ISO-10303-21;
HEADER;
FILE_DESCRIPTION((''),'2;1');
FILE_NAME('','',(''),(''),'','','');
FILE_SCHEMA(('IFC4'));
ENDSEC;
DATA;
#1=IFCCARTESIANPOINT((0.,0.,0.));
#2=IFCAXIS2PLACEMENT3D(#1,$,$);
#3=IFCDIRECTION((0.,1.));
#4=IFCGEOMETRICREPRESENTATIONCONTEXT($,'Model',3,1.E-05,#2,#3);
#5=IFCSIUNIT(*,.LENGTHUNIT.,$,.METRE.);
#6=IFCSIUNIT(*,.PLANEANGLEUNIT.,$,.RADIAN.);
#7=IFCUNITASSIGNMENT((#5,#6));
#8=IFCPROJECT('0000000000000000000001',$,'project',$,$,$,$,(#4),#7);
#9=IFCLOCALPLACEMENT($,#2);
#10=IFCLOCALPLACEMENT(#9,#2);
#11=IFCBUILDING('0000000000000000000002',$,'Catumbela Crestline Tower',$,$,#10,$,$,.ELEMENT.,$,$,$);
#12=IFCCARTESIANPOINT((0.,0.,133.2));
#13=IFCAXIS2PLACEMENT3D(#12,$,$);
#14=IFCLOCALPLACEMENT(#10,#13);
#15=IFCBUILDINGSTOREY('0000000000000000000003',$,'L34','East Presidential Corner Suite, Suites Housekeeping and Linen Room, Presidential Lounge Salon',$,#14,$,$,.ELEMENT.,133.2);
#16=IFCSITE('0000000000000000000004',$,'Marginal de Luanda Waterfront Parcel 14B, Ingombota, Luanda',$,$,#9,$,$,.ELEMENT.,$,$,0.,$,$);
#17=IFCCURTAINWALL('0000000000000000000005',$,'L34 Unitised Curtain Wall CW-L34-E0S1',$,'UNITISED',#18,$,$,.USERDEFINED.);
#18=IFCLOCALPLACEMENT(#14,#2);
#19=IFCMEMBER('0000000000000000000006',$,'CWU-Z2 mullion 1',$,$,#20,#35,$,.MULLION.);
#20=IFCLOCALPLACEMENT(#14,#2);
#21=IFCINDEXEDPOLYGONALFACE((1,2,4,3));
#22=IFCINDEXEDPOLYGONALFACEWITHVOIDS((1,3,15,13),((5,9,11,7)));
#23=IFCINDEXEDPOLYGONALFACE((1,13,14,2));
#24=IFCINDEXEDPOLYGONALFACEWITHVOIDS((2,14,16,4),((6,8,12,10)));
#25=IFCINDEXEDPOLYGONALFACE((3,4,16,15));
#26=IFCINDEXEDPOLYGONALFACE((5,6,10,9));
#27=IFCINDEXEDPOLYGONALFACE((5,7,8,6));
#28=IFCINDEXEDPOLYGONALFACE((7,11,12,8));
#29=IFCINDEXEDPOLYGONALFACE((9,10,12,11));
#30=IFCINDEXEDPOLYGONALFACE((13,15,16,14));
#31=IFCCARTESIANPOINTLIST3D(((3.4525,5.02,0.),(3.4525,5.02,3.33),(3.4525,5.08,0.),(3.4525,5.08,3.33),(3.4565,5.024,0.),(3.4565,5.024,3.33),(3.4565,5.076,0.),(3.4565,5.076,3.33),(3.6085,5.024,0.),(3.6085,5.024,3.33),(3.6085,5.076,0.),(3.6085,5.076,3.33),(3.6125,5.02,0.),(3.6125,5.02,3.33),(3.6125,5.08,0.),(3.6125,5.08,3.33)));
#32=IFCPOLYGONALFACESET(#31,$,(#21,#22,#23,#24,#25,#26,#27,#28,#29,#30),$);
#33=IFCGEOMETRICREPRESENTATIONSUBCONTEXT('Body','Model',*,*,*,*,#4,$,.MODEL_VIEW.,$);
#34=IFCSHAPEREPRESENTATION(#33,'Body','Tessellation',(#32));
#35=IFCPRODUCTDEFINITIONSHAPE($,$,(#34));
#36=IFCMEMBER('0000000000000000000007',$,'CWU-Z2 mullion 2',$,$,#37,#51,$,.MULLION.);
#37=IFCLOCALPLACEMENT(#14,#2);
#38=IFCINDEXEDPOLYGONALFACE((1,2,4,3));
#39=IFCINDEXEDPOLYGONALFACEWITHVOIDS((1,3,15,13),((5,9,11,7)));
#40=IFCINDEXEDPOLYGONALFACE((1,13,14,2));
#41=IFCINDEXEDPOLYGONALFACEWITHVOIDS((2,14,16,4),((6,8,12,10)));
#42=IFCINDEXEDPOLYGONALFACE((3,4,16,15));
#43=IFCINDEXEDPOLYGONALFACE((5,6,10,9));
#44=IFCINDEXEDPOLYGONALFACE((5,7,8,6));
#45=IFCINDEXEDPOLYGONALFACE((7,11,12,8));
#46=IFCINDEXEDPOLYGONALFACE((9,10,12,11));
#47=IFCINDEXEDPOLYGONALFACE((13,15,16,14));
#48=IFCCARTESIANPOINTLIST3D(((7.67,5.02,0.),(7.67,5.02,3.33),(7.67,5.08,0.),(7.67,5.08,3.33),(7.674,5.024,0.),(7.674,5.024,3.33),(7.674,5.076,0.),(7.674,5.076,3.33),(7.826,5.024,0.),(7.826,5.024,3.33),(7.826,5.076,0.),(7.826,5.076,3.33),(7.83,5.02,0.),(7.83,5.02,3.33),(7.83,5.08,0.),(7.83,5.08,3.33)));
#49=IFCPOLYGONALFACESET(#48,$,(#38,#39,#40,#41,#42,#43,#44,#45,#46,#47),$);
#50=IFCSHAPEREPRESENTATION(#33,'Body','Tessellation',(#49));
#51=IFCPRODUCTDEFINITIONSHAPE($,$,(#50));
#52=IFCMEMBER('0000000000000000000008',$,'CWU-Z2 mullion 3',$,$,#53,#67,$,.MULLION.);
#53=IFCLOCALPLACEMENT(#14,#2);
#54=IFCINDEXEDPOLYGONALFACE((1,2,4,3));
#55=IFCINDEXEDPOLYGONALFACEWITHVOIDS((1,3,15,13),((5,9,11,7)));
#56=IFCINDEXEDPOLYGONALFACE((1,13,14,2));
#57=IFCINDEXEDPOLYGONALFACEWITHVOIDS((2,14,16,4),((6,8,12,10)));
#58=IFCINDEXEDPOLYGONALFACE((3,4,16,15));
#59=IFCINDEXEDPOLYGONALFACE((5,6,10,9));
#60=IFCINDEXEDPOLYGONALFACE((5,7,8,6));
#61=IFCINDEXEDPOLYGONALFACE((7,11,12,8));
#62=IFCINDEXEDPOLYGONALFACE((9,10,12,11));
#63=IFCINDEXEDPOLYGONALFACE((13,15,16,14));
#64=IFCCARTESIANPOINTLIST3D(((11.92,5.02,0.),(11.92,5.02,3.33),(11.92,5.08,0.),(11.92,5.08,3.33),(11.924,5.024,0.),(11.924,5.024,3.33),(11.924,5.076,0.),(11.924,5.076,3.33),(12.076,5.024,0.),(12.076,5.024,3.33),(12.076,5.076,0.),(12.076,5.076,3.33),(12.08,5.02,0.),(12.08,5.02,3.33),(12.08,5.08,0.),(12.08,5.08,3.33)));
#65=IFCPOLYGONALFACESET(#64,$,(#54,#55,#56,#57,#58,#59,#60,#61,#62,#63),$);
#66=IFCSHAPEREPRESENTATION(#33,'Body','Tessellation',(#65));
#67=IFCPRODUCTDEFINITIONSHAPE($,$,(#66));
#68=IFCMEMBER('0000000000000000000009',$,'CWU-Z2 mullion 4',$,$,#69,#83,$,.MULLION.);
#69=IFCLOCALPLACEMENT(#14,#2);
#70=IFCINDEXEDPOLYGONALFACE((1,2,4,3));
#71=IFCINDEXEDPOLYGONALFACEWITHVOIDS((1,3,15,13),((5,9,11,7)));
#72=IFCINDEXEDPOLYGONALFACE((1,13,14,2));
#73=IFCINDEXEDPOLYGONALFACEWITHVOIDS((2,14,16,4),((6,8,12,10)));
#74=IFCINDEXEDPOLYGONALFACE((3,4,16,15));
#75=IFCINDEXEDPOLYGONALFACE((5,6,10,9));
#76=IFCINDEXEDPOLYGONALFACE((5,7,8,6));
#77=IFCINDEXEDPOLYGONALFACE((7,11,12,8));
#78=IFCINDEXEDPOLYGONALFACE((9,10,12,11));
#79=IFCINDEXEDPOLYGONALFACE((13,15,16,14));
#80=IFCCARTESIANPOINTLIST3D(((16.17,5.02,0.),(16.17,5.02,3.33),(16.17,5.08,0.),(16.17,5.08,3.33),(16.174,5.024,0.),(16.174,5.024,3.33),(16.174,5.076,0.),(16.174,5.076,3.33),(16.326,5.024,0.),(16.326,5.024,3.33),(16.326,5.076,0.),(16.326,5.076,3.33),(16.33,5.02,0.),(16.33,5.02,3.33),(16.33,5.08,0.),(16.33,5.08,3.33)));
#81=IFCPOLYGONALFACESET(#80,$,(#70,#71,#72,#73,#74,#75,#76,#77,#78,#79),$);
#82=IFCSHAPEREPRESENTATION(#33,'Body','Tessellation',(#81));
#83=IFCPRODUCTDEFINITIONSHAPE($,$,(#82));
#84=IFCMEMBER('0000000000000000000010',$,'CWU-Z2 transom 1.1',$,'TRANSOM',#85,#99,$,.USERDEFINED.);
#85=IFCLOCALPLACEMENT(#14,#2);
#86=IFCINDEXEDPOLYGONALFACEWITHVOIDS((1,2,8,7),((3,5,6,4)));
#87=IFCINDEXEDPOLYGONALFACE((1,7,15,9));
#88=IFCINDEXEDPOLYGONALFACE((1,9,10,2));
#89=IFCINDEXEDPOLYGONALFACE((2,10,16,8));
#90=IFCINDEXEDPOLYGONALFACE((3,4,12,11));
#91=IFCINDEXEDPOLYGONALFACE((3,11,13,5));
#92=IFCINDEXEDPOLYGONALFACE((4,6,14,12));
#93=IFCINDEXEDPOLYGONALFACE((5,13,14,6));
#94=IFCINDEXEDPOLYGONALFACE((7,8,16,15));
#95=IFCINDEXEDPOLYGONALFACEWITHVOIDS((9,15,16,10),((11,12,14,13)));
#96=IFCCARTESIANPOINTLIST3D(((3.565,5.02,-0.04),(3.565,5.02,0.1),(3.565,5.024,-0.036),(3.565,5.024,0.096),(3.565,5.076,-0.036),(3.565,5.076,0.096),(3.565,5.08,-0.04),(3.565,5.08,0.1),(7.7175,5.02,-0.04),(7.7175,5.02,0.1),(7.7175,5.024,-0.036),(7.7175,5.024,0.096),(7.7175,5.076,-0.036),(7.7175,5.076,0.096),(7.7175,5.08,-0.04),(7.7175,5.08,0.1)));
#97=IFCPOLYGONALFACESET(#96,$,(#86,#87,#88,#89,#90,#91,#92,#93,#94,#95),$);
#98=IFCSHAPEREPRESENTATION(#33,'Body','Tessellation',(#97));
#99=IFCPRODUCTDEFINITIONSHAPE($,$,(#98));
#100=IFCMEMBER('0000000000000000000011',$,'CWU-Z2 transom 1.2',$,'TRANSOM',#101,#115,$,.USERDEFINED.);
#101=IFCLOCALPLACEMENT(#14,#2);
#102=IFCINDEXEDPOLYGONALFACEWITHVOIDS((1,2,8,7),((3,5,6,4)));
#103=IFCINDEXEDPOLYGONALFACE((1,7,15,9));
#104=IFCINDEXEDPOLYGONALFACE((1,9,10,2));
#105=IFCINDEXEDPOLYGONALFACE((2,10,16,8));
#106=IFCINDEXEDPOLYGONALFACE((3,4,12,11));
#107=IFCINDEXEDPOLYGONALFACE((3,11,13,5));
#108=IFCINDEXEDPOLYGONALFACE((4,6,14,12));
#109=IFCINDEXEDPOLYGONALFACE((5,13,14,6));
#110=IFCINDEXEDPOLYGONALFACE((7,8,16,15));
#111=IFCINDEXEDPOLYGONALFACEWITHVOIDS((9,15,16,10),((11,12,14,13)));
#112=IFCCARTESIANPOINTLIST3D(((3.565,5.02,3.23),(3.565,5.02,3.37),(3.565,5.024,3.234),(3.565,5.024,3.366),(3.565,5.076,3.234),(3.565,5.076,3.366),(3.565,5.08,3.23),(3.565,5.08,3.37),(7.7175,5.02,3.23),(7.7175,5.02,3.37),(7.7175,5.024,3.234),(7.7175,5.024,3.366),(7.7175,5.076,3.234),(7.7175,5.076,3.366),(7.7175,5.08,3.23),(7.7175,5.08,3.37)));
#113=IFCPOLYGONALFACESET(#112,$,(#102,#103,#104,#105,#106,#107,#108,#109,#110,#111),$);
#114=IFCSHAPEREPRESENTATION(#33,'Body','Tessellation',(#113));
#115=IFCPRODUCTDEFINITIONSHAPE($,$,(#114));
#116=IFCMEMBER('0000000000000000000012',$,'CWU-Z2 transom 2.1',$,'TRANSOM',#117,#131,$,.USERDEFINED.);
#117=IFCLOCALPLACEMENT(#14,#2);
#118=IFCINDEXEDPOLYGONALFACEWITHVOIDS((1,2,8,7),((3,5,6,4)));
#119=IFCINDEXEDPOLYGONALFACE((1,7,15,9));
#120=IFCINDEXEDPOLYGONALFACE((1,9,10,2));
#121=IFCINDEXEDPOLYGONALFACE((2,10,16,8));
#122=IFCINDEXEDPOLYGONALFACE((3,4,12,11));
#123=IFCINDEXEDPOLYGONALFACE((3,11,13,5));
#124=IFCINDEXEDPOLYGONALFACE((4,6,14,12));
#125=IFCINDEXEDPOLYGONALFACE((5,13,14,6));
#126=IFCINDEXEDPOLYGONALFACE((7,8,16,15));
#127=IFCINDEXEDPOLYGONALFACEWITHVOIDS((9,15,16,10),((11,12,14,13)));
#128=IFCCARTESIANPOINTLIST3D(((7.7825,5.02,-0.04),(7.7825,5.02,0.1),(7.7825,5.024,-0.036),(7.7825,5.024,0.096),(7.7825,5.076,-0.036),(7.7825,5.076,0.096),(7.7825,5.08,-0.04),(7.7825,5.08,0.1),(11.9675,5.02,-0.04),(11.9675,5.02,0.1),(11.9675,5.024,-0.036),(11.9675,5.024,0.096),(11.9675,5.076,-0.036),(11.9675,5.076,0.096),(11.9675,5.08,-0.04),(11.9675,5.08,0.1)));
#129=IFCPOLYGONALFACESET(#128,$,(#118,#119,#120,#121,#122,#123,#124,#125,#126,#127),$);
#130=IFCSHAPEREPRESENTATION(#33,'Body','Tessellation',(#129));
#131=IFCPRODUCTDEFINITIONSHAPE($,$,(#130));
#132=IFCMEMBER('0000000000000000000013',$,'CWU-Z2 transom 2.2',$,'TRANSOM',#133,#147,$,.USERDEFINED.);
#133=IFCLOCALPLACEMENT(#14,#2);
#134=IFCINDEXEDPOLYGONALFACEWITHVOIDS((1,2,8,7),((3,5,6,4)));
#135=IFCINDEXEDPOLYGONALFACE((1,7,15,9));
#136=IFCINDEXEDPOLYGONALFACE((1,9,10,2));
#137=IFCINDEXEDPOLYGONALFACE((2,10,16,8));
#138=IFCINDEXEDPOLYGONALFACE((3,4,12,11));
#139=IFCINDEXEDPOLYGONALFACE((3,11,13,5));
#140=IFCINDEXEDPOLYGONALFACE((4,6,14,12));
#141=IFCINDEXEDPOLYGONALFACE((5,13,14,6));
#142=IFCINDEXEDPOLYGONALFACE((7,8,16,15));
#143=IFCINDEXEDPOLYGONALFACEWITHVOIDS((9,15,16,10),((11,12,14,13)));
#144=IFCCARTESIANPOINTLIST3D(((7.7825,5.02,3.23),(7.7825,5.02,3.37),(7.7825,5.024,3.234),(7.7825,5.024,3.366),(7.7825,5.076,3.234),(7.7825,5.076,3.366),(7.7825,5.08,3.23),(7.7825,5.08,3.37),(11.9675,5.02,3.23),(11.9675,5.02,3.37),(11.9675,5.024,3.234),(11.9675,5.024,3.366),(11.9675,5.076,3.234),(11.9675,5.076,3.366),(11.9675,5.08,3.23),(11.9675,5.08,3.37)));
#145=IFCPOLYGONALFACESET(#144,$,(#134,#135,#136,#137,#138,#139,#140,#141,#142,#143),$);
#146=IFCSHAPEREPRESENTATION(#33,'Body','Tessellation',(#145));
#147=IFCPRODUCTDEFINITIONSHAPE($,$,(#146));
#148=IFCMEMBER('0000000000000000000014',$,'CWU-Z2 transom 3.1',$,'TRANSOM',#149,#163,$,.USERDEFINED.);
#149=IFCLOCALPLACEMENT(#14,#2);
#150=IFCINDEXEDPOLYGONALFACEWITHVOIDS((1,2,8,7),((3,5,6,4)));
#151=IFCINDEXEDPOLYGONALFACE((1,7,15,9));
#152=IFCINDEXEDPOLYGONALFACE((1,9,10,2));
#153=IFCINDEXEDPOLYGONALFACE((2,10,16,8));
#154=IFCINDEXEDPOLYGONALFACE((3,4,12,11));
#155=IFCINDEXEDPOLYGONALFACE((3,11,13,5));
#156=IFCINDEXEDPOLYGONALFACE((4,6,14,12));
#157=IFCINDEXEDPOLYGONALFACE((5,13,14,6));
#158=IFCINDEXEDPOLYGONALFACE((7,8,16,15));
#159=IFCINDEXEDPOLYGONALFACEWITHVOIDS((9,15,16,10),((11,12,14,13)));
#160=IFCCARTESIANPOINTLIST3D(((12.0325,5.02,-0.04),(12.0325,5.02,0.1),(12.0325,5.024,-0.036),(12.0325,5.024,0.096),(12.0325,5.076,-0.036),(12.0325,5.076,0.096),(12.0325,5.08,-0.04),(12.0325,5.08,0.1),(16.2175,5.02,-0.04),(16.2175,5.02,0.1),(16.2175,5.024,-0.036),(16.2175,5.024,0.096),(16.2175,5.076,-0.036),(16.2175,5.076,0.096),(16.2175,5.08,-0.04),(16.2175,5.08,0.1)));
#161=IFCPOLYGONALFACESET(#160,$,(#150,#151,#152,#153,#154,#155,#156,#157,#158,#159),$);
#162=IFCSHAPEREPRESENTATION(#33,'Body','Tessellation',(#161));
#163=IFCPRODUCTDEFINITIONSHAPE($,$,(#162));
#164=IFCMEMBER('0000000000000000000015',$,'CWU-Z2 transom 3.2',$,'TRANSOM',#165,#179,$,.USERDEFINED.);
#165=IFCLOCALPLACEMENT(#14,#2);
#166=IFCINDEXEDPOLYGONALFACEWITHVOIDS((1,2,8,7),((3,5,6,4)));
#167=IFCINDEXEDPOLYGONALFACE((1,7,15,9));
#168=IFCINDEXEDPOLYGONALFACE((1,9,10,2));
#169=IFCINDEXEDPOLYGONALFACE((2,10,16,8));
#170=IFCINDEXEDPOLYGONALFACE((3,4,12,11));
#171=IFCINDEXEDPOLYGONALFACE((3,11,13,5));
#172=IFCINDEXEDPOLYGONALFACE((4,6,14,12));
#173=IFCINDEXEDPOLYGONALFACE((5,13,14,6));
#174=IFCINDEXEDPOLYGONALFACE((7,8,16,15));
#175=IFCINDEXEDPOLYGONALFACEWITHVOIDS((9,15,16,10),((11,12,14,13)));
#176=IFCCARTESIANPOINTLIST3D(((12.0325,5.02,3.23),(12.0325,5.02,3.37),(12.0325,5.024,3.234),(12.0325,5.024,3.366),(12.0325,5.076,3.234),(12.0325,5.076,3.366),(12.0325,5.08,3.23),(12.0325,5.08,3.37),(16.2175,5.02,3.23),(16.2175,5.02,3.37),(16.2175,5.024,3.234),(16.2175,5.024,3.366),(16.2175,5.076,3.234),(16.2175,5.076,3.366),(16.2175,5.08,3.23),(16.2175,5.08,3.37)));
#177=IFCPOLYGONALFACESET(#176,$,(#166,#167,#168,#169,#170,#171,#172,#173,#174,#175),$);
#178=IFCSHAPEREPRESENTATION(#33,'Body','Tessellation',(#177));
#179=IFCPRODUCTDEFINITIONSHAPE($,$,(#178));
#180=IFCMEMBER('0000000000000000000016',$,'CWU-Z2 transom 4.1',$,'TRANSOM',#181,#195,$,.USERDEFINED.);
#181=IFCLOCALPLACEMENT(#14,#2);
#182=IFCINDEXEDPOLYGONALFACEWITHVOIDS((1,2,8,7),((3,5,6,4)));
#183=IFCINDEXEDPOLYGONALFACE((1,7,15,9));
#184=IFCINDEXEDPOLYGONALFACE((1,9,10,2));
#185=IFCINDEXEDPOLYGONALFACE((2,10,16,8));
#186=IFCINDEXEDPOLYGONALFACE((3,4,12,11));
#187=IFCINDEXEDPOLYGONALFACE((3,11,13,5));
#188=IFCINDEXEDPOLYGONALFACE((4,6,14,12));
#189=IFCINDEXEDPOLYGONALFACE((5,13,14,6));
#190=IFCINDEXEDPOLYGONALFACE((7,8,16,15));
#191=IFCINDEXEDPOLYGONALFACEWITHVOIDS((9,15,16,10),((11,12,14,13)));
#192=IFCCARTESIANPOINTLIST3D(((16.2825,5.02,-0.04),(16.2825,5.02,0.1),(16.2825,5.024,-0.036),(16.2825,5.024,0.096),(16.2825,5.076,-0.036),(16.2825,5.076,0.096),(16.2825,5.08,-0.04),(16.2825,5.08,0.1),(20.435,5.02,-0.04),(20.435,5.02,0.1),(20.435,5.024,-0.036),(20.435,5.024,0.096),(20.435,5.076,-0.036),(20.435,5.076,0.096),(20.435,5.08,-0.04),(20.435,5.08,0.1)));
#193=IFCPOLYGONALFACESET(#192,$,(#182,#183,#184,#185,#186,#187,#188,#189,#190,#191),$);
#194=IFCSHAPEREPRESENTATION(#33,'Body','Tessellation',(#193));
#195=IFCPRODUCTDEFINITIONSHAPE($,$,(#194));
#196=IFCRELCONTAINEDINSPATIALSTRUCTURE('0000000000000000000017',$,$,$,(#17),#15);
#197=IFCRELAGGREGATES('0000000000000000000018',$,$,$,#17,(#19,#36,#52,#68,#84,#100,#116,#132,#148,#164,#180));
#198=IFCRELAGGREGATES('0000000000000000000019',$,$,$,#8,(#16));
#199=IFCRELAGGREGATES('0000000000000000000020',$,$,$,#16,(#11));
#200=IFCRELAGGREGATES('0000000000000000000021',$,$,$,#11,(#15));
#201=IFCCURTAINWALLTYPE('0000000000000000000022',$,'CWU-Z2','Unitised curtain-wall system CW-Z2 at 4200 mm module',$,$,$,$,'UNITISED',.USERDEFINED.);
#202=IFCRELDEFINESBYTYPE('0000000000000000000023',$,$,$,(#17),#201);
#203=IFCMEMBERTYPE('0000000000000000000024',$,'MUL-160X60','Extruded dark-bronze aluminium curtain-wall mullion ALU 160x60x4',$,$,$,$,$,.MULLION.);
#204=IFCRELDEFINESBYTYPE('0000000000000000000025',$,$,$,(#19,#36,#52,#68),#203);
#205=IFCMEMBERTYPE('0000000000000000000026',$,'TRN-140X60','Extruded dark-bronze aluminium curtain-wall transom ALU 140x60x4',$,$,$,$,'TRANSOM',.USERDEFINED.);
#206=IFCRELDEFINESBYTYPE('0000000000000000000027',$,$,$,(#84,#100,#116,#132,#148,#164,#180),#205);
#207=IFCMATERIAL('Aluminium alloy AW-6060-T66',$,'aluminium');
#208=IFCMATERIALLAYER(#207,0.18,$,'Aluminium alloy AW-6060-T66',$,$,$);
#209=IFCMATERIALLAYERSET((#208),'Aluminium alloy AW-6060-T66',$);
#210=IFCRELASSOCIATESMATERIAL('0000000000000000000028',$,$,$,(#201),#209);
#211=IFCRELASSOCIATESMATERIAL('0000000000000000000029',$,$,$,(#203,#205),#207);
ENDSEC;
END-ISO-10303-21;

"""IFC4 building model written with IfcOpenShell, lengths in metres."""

from ifc_helpers import new_model, si_unit, direction, frame, origin, origin_2d, place, context, subcontext, project, spatial, hollow_rectangle, extrude, material, layer, layer_set, material_profile, profile_set, type_object, element, aggregate, save


model = new_model("IFC4")

# Units and contexts
model_context = context("Model", 3, precision=1e-05, world=origin(), true_north=direction((0.0, 1.0)))
body_context = subcontext(model_context, "Body", "Model", "MODEL_VIEW")
ifc_project = project(units=[si_unit("LENGTHUNIT", "METRE"), si_unit("PLANEANGLEUNIT", "RADIAN")], contexts=[model_context])

# Site, building, storey
site_placement = place(None, origin())
site = spatial("IfcSite", under=ifc_project, at=site_placement, Name="Marginal de Luanda Waterfront Parcel 14B, Ingombota, Luanda", CompositionType="ELEMENT", RefElevation=0.0)
building_placement = place(site_placement, origin())
building = spatial("IfcBuilding", under=site, at=building_placement, Name="Catumbela Crestline Tower", CompositionType="ELEMENT")
storey_placement = place(building_placement, frame((0.0, 0.0, 133.2)))
storey = spatial("IfcBuildingStorey", under=building, at=storey_placement, Name="L34", Description="East Presidential Corner Suite, Suites Housekeeping and Linen Room, Presidential Lounge Salon", CompositionType="ELEMENT", Elevation=133.2)

# Curtain wall, members
ifc_material_1 = material(Name="Aluminium alloy AW-6060-T66", Category="aluminium")
ifc_layer_1 = layer(ifc_material_1, 0.18, Name="Aluminium alloy AW-6060-T66")
ifc_layer_set_1 = layer_set([ifc_layer_1], Name="Aluminium alloy AW-6060-T66")
curtain_wall_type = type_object("IfcCurtainWallType", Name="CWU-Z2", Description="Unitised curtain-wall system CW-Z2 at 4200 mm module", ElementType="UNITISED", PredefinedType="USERDEFINED", material=ifc_layer_set_1)
curtain_wall_placement = place(storey_placement, origin())
curtain_wall = element("IfcCurtainWall", 1, at=curtain_wall_placement, inside=storey, type_object=curtain_wall_type, Name="L34 Unitised Curtain Wall CW-L34-E0S1", ObjectType="UNITISED", PredefinedType="USERDEFINED")
ifc_material_profile_1 = material_profile(ifc_material_1, hollow_rectangle(XDim=0.06, YDim=0.16, WallThickness=0.004, at=origin_2d()), Name="ALU 160x60x4")
ifc_profile_set_1 = profile_set([ifc_material_profile_1], Name="Aluminium alloy AW-6060-T66")
member_type_1 = type_object("IfcMemberType", Name="MUL-160X60", Description="Extruded dark-bronze aluminium curtain-wall mullion ALU 160x60x4", PredefinedType="MULLION", material=ifc_profile_set_1)
member_1_placement = place(storey_placement, frame((3.5325, 5.05, 0.0), z_axis=(0.0, 0.0, 1.0), x_axis=(0.0, 1.0, 0.0)))
member_1 = element("IfcMember", 2, at=member_1_placement, type_object=member_type_1, Name="CWU-Z2 mullion 1", PredefinedType="MULLION", context=body_context, shape_type="SweptSolid", body=[
    extrude(hollow_rectangle(XDim=0.06, YDim=0.16, WallThickness=0.004, at=origin_2d()), origin(), (0.0, 0.0, 1.0), 3.33),
])
member_2_placement = place(storey_placement, frame((7.75, 5.05, 0.0), z_axis=(0.0, 0.0, 1.0), x_axis=(0.0, 1.0, 0.0)))
member_2 = element("IfcMember", 3, at=member_2_placement, type_object=member_type_1, Name="CWU-Z2 mullion 2", PredefinedType="MULLION", context=body_context, shape_type="SweptSolid", body=[
    extrude(hollow_rectangle(XDim=0.06, YDim=0.16, WallThickness=0.004, at=origin_2d()), origin(), (0.0, 0.0, 1.0), 3.33),
])
member_3_placement = place(storey_placement, frame((12.0, 5.05, 0.0), z_axis=(0.0, 0.0, 1.0), x_axis=(0.0, 1.0, 0.0)))
member_3 = element("IfcMember", 4, at=member_3_placement, type_object=member_type_1, Name="CWU-Z2 mullion 3", PredefinedType="MULLION", context=body_context, shape_type="SweptSolid", body=[
    extrude(hollow_rectangle(XDim=0.06, YDim=0.16, WallThickness=0.004, at=origin_2d()), origin(), (0.0, 0.0, 1.0), 3.33),
])
member_4_placement = place(storey_placement, frame((16.25, 5.05, 0.0), z_axis=(0.0, 0.0, 1.0), x_axis=(0.0, 1.0, 0.0)))
member_4 = element("IfcMember", 5, at=member_4_placement, type_object=member_type_1, Name="CWU-Z2 mullion 4", PredefinedType="MULLION", context=body_context, shape_type="SweptSolid", body=[
    extrude(hollow_rectangle(XDim=0.06, YDim=0.16, WallThickness=0.004, at=origin_2d()), origin(), (0.0, 0.0, 1.0), 3.33),
])
ifc_material_profile_2 = material_profile(ifc_material_1, hollow_rectangle(XDim=0.06, YDim=0.14, WallThickness=0.004, at=origin_2d()), Name="ALU 140x60x4")
ifc_profile_set_2 = profile_set([ifc_material_profile_2], Name="Aluminium alloy AW-6060-T66")
member_type_2 = type_object("IfcMemberType", Name="TRN-140X60", Description="Extruded dark-bronze aluminium curtain-wall transom ALU 140x60x4", ElementType="TRANSOM", PredefinedType="USERDEFINED", material=ifc_profile_set_2)
member_5_placement = place(storey_placement, frame((3.565, 5.05, 0.03), z_axis=(1.0, 0.0, 0.0), x_axis=(0.0, 1.0, 0.0)))
member_5 = element("IfcMember", 6, at=member_5_placement, type_object=member_type_2, Name="CWU-Z2 transom 1.1", ObjectType="TRANSOM", PredefinedType="USERDEFINED", context=body_context, shape_type="SweptSolid", body=[
    extrude(hollow_rectangle(XDim=0.06, YDim=0.14, WallThickness=0.004, at=origin_2d()), origin(), (0.0, 0.0, 1.0), 4.1525),
])
member_6_placement = place(storey_placement, frame((3.565, 5.05, 3.3), z_axis=(1.0, 0.0, 0.0), x_axis=(0.0, 1.0, 0.0)))
member_6 = element("IfcMember", 7, at=member_6_placement, type_object=member_type_2, Name="CWU-Z2 transom 1.2", ObjectType="TRANSOM", PredefinedType="USERDEFINED", context=body_context, shape_type="SweptSolid", body=[
    extrude(hollow_rectangle(XDim=0.06, YDim=0.14, WallThickness=0.004, at=origin_2d()), origin(), (0.0, 0.0, 1.0), 4.1525),
])
member_7_placement = place(storey_placement, frame((7.7825, 5.05, 0.03), z_axis=(1.0, 0.0, 0.0), x_axis=(0.0, 1.0, 0.0)))
member_7 = element("IfcMember", 8, at=member_7_placement, type_object=member_type_2, Name="CWU-Z2 transom 2.1", ObjectType="TRANSOM", PredefinedType="USERDEFINED", context=body_context, shape_type="SweptSolid", body=[
    extrude(hollow_rectangle(XDim=0.06, YDim=0.14, WallThickness=0.004, at=origin_2d()), origin(), (0.0, 0.0, 1.0), 4.185),
])
member_8_placement = place(storey_placement, frame((7.7825, 5.05, 3.3), z_axis=(1.0, 0.0, 0.0), x_axis=(0.0, 1.0, 0.0)))
member_8 = element("IfcMember", 9, at=member_8_placement, type_object=member_type_2, Name="CWU-Z2 transom 2.2", ObjectType="TRANSOM", PredefinedType="USERDEFINED", context=body_context, shape_type="SweptSolid", body=[
    extrude(hollow_rectangle(XDim=0.06, YDim=0.14, WallThickness=0.004, at=origin_2d()), origin(), (0.0, 0.0, 1.0), 4.185),
])
member_9_placement = place(storey_placement, frame((12.0325, 5.05, 0.03), z_axis=(1.0, 0.0, 0.0), x_axis=(0.0, 1.0, 0.0)))
member_9 = element("IfcMember", 10, at=member_9_placement, type_object=member_type_2, Name="CWU-Z2 transom 3.1", ObjectType="TRANSOM", PredefinedType="USERDEFINED", context=body_context, shape_type="SweptSolid", body=[
    extrude(hollow_rectangle(XDim=0.06, YDim=0.14, WallThickness=0.004, at=origin_2d()), origin(), (0.0, 0.0, 1.0), 4.185),
])
member_10_placement = place(storey_placement, frame((12.0325, 5.05, 3.3), z_axis=(1.0, 0.0, 0.0), x_axis=(0.0, 1.0, 0.0)))
member_10 = element("IfcMember", 11, at=member_10_placement, type_object=member_type_2, Name="CWU-Z2 transom 3.2", ObjectType="TRANSOM", PredefinedType="USERDEFINED", context=body_context, shape_type="SweptSolid", body=[
    extrude(hollow_rectangle(XDim=0.06, YDim=0.14, WallThickness=0.004, at=origin_2d()), origin(), (0.0, 0.0, 1.0), 4.185),
])
member_11_placement = place(storey_placement, frame((16.2825, 5.05, 0.03), z_axis=(1.0, 0.0, 0.0), x_axis=(0.0, 1.0, 0.0)))
member_11 = element("IfcMember", 12, at=member_11_placement, type_object=member_type_2, Name="CWU-Z2 transom 4.1", ObjectType="TRANSOM", PredefinedType="USERDEFINED", context=body_context, shape_type="SweptSolid", body=[
    extrude(hollow_rectangle(XDim=0.06, YDim=0.14, WallThickness=0.004, at=origin_2d()), origin(), (0.0, 0.0, 1.0), 4.1525),
])
aggregate(curtain_wall, [member_1, member_2, member_3, member_4, member_5, member_6, member_7, member_8, member_9, member_10, member_11])

save(model, "model.ifc")
